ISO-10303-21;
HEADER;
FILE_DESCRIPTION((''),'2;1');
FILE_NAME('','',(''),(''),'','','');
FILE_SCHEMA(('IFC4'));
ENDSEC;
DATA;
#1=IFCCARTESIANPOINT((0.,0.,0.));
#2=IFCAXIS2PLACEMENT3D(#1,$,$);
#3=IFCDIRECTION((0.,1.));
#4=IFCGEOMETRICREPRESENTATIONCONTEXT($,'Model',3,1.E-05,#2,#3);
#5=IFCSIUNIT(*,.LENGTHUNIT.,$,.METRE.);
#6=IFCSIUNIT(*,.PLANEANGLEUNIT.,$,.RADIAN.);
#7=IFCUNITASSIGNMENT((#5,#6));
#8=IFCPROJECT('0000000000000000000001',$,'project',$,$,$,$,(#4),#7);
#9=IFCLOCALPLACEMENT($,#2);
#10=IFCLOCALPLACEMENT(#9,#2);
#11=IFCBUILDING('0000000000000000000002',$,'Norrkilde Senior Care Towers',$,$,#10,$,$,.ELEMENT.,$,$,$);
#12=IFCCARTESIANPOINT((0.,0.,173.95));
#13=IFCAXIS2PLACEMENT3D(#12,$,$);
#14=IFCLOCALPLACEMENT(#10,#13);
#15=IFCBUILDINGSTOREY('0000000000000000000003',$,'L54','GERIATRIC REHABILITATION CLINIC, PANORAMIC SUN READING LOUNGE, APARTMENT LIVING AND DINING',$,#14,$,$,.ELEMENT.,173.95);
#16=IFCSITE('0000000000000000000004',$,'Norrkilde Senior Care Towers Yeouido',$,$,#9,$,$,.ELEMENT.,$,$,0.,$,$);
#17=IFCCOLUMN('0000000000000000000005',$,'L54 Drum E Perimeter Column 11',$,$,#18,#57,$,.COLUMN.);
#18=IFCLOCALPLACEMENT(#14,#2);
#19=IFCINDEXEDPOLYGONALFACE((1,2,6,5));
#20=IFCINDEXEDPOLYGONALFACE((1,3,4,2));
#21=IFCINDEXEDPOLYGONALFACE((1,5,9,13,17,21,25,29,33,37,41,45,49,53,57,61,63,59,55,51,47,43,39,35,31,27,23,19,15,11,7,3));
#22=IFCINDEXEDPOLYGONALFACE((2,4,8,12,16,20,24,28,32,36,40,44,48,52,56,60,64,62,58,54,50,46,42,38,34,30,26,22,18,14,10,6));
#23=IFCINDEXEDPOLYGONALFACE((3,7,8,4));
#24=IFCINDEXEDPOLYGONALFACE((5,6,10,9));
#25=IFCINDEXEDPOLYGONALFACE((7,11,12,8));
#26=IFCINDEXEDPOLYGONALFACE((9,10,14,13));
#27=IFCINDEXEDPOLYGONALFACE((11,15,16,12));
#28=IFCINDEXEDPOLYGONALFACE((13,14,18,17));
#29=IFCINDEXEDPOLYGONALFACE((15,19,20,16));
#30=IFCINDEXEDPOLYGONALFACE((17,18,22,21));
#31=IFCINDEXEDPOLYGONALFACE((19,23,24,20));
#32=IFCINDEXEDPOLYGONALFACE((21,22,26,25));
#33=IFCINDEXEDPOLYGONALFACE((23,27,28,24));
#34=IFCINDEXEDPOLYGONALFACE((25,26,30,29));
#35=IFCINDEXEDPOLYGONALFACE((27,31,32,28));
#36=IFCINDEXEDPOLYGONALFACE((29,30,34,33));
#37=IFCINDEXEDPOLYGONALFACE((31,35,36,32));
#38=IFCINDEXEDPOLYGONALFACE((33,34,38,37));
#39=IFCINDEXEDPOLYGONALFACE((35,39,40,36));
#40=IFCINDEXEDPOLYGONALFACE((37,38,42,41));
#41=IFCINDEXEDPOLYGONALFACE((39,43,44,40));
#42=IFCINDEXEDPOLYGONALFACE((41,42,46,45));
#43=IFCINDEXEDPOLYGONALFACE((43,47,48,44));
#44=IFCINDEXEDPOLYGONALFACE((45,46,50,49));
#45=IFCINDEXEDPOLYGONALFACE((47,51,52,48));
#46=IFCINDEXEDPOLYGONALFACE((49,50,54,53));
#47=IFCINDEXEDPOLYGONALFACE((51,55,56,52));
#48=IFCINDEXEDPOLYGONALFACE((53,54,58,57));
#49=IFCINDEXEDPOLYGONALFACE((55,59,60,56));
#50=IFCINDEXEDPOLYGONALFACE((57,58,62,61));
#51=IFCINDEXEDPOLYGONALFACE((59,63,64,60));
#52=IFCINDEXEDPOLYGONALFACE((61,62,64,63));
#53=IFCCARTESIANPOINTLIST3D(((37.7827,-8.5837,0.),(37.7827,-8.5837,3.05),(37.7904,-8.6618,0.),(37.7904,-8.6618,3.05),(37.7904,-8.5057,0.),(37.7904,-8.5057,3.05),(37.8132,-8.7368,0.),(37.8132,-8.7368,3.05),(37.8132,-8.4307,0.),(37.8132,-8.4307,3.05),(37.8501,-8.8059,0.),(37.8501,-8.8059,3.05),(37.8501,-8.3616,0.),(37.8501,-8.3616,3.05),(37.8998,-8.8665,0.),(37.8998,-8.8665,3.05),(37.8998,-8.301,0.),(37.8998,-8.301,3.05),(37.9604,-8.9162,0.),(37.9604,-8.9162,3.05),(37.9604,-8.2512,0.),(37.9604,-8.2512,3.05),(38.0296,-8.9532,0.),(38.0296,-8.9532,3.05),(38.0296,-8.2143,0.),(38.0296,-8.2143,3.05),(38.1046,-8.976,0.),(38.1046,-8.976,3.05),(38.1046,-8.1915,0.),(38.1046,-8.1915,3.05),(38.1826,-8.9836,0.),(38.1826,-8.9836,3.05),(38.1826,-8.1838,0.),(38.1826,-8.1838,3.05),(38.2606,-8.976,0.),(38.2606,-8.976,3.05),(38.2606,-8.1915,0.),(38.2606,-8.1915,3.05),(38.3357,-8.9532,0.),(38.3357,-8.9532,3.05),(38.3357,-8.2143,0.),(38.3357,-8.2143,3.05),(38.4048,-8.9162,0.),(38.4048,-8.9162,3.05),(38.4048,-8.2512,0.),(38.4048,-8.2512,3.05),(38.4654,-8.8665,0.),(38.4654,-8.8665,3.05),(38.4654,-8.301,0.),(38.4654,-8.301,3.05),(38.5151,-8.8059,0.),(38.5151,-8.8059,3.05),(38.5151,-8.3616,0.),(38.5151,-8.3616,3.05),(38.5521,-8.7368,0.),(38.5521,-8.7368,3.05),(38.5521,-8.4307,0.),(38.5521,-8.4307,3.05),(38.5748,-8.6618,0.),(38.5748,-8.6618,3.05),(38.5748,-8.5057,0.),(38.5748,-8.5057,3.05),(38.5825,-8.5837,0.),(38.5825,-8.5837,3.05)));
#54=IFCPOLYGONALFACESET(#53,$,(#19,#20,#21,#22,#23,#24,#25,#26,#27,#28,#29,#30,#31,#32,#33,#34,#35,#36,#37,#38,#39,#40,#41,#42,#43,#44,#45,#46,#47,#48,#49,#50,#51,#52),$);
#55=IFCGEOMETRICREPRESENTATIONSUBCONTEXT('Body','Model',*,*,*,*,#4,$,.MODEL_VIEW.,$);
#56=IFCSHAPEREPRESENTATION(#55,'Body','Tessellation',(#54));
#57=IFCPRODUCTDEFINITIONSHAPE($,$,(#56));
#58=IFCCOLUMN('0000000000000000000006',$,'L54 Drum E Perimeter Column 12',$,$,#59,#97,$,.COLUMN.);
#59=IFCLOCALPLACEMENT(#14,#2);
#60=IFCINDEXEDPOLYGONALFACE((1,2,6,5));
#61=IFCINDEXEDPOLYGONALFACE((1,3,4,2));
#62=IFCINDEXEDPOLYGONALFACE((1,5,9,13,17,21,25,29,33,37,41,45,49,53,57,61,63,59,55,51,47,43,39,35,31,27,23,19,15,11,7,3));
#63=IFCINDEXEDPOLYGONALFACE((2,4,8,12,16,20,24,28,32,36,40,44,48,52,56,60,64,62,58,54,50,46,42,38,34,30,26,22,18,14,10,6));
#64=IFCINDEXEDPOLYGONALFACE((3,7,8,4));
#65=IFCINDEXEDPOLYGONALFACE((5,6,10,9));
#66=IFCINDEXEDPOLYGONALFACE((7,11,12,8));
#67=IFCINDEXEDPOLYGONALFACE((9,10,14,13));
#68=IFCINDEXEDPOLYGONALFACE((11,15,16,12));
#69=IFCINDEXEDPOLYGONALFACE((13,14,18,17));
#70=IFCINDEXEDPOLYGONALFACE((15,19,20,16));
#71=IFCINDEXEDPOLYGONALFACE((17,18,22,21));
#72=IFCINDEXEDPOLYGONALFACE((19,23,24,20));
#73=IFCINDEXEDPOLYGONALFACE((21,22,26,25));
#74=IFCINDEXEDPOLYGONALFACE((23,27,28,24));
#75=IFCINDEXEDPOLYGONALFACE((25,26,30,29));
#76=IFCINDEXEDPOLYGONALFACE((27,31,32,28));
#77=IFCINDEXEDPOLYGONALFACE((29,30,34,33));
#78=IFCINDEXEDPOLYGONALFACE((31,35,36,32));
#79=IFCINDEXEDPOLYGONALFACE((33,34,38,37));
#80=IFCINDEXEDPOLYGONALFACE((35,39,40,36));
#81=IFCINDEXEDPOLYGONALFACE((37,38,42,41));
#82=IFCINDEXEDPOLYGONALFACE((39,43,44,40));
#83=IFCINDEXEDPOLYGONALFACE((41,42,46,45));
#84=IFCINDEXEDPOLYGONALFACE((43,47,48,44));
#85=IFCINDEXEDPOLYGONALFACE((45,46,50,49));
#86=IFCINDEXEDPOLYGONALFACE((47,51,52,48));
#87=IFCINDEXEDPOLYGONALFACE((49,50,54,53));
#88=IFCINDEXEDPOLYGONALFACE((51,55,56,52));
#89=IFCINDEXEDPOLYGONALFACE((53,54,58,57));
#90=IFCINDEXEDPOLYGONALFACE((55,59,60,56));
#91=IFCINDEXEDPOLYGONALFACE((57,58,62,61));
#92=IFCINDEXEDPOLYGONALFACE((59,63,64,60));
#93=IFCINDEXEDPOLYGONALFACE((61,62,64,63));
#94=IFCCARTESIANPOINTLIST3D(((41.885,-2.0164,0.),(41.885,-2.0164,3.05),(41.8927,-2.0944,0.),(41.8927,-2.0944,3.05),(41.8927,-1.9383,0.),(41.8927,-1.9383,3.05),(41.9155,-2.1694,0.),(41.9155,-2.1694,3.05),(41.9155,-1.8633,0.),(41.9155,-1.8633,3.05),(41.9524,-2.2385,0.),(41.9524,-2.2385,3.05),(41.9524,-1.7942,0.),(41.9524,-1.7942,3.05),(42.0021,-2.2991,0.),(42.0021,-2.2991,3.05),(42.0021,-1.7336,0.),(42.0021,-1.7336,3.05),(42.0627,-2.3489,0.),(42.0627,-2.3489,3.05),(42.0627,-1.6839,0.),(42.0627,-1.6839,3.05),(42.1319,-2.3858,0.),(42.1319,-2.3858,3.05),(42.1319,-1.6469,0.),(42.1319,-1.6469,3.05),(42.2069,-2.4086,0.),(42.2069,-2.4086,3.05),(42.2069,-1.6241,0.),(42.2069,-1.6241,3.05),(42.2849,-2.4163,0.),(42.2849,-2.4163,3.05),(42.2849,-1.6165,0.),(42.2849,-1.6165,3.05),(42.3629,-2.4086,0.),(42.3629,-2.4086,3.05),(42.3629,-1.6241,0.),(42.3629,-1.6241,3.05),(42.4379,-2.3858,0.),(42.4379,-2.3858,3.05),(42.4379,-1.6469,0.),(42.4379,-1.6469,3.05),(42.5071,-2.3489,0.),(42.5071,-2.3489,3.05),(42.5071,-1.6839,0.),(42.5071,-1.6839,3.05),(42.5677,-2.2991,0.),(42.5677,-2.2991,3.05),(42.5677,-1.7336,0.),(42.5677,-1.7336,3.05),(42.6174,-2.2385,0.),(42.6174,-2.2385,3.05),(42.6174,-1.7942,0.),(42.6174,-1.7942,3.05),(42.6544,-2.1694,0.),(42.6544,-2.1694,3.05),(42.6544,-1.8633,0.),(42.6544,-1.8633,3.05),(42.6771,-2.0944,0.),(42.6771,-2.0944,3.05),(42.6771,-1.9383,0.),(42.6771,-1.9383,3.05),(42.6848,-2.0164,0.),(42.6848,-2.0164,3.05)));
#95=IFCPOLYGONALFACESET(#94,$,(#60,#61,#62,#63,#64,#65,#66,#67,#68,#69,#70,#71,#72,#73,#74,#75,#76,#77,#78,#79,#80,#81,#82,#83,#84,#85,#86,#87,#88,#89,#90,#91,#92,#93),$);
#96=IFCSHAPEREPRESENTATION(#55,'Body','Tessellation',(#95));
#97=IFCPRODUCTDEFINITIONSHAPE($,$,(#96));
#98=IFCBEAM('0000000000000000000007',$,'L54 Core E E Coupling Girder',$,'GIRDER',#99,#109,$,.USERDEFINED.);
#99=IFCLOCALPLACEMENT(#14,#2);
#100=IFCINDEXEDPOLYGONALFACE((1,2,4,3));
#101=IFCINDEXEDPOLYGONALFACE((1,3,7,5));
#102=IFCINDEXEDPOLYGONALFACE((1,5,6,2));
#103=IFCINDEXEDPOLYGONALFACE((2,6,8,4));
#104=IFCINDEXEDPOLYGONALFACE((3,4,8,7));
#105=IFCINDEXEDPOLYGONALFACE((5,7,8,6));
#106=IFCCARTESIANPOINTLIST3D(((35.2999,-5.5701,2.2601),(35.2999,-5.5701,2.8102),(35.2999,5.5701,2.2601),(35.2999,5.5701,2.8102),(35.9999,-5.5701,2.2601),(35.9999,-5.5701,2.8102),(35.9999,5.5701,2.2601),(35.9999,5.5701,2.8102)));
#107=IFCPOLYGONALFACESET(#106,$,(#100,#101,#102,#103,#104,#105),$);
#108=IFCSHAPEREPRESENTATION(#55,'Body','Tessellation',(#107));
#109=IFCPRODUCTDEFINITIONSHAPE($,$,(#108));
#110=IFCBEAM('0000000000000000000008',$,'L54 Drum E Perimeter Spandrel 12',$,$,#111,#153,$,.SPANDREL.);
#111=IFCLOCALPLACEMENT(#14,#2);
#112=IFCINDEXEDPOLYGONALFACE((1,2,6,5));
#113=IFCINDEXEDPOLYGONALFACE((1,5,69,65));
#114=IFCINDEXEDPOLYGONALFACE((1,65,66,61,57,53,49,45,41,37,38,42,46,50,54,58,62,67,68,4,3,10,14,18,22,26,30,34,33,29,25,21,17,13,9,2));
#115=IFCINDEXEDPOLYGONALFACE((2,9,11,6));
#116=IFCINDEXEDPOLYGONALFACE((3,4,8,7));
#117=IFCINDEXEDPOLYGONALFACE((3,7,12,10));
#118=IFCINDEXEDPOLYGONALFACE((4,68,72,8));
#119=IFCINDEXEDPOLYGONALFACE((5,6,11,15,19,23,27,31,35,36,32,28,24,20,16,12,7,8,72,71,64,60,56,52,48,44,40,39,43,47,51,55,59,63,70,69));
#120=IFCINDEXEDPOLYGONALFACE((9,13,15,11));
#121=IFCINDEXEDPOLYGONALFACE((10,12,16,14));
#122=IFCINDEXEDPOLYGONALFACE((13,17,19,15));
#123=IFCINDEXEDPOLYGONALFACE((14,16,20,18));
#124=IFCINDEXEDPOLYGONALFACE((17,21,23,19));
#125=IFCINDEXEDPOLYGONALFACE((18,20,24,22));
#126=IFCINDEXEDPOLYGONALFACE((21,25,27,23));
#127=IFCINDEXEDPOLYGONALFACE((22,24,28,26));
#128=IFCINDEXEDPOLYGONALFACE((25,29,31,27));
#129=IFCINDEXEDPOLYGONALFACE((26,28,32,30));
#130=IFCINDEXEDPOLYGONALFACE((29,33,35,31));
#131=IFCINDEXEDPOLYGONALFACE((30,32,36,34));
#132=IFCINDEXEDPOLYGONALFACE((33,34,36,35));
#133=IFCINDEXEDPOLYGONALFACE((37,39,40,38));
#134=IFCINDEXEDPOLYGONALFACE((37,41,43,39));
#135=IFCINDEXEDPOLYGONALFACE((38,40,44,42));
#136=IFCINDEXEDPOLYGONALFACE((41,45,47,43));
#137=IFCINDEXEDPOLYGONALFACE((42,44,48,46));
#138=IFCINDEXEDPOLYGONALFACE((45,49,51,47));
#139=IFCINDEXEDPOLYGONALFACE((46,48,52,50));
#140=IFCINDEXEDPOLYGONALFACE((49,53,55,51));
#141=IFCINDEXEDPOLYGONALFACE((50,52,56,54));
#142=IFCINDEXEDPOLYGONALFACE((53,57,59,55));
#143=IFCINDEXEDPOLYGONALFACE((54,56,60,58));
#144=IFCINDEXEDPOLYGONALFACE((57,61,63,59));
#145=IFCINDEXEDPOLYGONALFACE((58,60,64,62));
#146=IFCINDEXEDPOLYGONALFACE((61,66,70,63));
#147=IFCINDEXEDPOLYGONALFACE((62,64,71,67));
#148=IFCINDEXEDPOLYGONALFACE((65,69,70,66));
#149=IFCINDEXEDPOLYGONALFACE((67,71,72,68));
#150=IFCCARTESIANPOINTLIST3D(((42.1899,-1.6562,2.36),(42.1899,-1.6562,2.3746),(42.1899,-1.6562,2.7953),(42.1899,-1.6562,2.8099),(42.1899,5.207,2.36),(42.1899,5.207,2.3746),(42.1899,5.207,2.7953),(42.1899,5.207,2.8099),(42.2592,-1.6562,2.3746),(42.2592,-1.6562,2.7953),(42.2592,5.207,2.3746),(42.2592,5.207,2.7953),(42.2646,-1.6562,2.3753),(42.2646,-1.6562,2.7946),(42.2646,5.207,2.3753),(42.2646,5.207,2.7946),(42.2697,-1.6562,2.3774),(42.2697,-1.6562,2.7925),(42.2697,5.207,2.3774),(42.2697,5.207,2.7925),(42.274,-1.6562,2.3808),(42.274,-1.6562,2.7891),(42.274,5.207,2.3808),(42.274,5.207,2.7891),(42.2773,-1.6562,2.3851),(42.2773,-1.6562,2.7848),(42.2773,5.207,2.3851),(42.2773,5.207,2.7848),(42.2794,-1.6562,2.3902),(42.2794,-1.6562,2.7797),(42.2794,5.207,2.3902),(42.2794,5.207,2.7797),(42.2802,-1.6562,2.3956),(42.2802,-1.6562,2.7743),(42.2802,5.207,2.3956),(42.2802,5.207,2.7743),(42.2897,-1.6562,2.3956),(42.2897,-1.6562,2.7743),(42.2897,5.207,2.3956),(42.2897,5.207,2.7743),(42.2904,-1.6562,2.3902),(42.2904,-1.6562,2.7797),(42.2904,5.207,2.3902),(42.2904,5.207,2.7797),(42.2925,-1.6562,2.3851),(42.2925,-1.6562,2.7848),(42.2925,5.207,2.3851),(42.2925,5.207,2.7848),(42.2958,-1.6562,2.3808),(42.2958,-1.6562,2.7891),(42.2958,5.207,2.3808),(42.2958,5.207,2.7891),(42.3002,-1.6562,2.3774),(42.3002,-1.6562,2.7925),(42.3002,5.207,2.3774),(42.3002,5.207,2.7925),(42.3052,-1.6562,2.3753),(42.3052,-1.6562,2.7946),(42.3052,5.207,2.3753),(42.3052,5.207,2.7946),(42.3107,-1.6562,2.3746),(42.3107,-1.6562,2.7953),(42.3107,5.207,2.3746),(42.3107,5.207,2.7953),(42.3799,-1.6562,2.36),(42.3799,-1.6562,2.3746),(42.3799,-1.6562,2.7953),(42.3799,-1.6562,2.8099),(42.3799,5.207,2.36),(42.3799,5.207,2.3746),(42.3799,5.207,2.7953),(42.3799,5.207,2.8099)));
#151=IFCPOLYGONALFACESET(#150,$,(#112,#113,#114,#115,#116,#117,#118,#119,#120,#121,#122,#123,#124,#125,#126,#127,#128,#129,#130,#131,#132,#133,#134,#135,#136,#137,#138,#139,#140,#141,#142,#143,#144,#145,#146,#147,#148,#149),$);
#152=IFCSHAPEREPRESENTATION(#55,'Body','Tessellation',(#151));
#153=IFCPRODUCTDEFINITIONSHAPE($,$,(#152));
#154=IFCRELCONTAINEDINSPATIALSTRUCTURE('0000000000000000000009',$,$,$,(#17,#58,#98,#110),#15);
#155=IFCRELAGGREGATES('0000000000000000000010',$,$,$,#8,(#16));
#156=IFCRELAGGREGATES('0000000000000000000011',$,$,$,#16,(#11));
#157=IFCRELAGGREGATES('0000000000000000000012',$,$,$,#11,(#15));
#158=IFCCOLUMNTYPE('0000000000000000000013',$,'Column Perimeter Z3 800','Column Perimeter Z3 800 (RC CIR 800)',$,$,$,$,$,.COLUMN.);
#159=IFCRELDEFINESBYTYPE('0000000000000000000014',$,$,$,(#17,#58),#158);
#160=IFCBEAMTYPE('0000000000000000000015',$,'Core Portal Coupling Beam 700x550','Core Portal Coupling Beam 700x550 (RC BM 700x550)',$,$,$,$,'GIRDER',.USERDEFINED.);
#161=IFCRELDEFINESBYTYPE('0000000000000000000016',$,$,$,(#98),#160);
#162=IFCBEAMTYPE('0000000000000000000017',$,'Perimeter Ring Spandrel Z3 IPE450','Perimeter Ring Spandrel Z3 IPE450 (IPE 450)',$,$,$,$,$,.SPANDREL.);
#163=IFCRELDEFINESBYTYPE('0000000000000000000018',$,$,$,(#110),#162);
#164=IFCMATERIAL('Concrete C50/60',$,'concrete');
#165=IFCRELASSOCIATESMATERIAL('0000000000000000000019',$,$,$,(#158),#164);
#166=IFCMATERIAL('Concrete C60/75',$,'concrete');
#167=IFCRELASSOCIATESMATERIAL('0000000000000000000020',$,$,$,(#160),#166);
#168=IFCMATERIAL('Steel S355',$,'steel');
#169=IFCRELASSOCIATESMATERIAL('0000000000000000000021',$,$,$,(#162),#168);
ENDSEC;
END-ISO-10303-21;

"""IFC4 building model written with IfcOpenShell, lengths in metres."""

from ifc_helpers import new_model, si_unit, direction, frame, origin, origin_2d, place, context, subcontext, project, spatial, rectangle, circle, i_section, extrude, source, transform, mapped, material, material_profile, profile_set, type_object, type_shapes, element, save


model = new_model("IFC4")

# Units and contexts
model_context = context("Model", 3, precision=1e-05, world=origin(), true_north=direction((0.0, 1.0)))
body_context = subcontext(model_context, "Body", "Model", "MODEL_VIEW")
ifc_project = project(units=[si_unit("LENGTHUNIT", "METRE"), si_unit("PLANEANGLEUNIT", "RADIAN")], contexts=[model_context])

# Site, building, storey
site_placement = place(None, origin())
site = spatial("IfcSite", under=ifc_project, at=site_placement, Name="Norrkilde Senior Care Towers Yeouido", CompositionType="ELEMENT", RefElevation=0.0)
building_placement = place(site_placement, origin())
building = spatial("IfcBuilding", under=site, at=building_placement, Name="Norrkilde Senior Care Towers", CompositionType="ELEMENT")
storey_placement = place(building_placement, frame((0.0, 0.0, 173.95)))
storey = spatial("IfcBuildingStorey", under=building, at=storey_placement, Name="L54", Description="GERIATRIC REHABILITATION CLINIC, PANORAMIC SUN READING LOUNGE, APARTMENT LIVING AND DINING", CompositionType="ELEMENT", Elevation=173.95)

# Columns
ifc_material_1 = material(Name="Concrete C50/60", Category="concrete")
ifc_material_profile_1 = material_profile(ifc_material_1, circle(Radius=0.3999, at=origin_2d()), Name="RC CIR 800")
ifc_profile_set_1 = profile_set([ifc_material_profile_1], Name="Concrete C50/60")
column_type = type_object("IfcColumnType", Name="Column Perimeter Z3 800", Description="Column Perimeter Z3 800 (RC CIR 800)", PredefinedType="COLUMN", material=ifc_profile_set_1)
shared_shape_1 = source(origin(), body_context, "Body", "SweptSolid", [
    extrude(circle(Radius=0.3999, at=origin_2d()), origin(), (0.0, 0.0, 1.0), 3.05),
])
type_shapes(column_type, [shared_shape_1])
for number, where, z_axis, x_axis, name in (
    (1, (38.1826, -8.5837, 0.0), (0.0, 0.0, 1.0), (1.0, 0.0, 0.0), "L54 Drum E Perimeter Column 11"),
    (2, (42.2849, -2.0164, 0.0), (0.0, 0.0, 1.0), (1.0, 0.0, 0.0), "L54 Drum E Perimeter Column 12"),
):
    element("IfcColumn", number, at=place(storey_placement, frame(where, z_axis=z_axis, x_axis=x_axis)), inside=storey, type_object=column_type, Name=name, PredefinedType="COLUMN", context=body_context, shape_type="MappedRepresentation", body=[
        mapped(shared_shape_1, transform((0.0, 0.0, 0.0), x_axis=(1.0, 0.0, 0.0), y_axis=(0.0, 1.0, 0.0), z_axis=(0.0, 0.0, 1.0), scale=1.0)),
    ])

# Beams
ifc_material_2 = material(Name="Concrete C60/75", Category="concrete")
ifc_material_profile_2 = material_profile(ifc_material_2, rectangle(XDim=0.7, YDim=0.55, at=origin_2d()), Name="RC BM 700x550")
ifc_profile_set_2 = profile_set([ifc_material_profile_2], Name="Concrete C60/75")
beam_type_1 = type_object("IfcBeamType", Name="Core Portal Coupling Beam 700x550", Description="Core Portal Coupling Beam 700x550 (RC BM 700x550)", ElementType="GIRDER", PredefinedType="USERDEFINED", material=ifc_profile_set_2)
shared_shape_2 = source(origin(), body_context, "Body", "SweptSolid", [
    extrude(rectangle(XDim=0.7, YDim=0.55, at=origin_2d()), origin(), (0.0, 0.0, 1.0), 11.1401),
])
type_shapes(beam_type_1, [shared_shape_2])
beam_1_placement = place(storey_placement, frame((35.6499, -5.5701, 2.5352), z_axis=(0.0, 1.0, 0.0), x_axis=(-1.0, 0.0, 0.0)))
element("IfcBeam", 3, at=beam_1_placement, inside=storey, type_object=beam_type_1, Name="L54 Core E E Coupling Girder", ObjectType="GIRDER", PredefinedType="USERDEFINED", context=body_context, shape_type="MappedRepresentation", body=[
    mapped(shared_shape_2, transform((0.0, 0.0, 0.0), x_axis=(1.0, 0.0, 0.0), y_axis=(0.0, 1.0, 0.0), z_axis=(0.0, 0.0, 1.0), scale=1.0)),
])
ifc_material_3 = material(Name="Steel S355", Category="steel")
ifc_material_profile_3 = material_profile(ifc_material_3, i_section(OverallWidth=0.1899, OverallDepth=0.45, WebThickness=0.0095, FlangeThickness=0.0146, FilletRadius=0.021, at=origin_2d()), Name="IPE 450")
ifc_profile_set_3 = profile_set([ifc_material_profile_3], Name="Steel S355")
beam_type_2 = type_object("IfcBeamType", Name="Perimeter Ring Spandrel Z3 IPE450", Description="Perimeter Ring Spandrel Z3 IPE450 (IPE 450)", PredefinedType="SPANDREL", material=ifc_profile_set_3)
shared_shape_3 = source(origin(), body_context, "Body", "SweptSolid", [
    extrude(i_section(OverallWidth=0.1899, OverallDepth=0.45, WebThickness=0.0095, FlangeThickness=0.0146, FilletRadius=0.021, at=origin_2d()), origin(), (0.0, 0.0, 1.0), 6.8633),
])
beam_2_placement = place(storey_placement, frame((42.2849, -1.6562, 2.585), z_axis=(0.0, 1.0, 0.0), x_axis=(-1.0, 0.0, 0.0)))
element("IfcBeam", 4, at=beam_2_placement, inside=storey, type_object=beam_type_2, Name="L54 Drum E Perimeter Spandrel 12", PredefinedType="SPANDREL", context=body_context, shape_type="MappedRepresentation", body=[
    mapped(shared_shape_3, transform((0.0, 0.0, 0.0), x_axis=(1.0, 0.0, 0.0), y_axis=(0.0, 1.0, 0.0), z_axis=(0.0, 0.0, 1.0), scale=1.0)),
])

save(model, "model.ifc")
